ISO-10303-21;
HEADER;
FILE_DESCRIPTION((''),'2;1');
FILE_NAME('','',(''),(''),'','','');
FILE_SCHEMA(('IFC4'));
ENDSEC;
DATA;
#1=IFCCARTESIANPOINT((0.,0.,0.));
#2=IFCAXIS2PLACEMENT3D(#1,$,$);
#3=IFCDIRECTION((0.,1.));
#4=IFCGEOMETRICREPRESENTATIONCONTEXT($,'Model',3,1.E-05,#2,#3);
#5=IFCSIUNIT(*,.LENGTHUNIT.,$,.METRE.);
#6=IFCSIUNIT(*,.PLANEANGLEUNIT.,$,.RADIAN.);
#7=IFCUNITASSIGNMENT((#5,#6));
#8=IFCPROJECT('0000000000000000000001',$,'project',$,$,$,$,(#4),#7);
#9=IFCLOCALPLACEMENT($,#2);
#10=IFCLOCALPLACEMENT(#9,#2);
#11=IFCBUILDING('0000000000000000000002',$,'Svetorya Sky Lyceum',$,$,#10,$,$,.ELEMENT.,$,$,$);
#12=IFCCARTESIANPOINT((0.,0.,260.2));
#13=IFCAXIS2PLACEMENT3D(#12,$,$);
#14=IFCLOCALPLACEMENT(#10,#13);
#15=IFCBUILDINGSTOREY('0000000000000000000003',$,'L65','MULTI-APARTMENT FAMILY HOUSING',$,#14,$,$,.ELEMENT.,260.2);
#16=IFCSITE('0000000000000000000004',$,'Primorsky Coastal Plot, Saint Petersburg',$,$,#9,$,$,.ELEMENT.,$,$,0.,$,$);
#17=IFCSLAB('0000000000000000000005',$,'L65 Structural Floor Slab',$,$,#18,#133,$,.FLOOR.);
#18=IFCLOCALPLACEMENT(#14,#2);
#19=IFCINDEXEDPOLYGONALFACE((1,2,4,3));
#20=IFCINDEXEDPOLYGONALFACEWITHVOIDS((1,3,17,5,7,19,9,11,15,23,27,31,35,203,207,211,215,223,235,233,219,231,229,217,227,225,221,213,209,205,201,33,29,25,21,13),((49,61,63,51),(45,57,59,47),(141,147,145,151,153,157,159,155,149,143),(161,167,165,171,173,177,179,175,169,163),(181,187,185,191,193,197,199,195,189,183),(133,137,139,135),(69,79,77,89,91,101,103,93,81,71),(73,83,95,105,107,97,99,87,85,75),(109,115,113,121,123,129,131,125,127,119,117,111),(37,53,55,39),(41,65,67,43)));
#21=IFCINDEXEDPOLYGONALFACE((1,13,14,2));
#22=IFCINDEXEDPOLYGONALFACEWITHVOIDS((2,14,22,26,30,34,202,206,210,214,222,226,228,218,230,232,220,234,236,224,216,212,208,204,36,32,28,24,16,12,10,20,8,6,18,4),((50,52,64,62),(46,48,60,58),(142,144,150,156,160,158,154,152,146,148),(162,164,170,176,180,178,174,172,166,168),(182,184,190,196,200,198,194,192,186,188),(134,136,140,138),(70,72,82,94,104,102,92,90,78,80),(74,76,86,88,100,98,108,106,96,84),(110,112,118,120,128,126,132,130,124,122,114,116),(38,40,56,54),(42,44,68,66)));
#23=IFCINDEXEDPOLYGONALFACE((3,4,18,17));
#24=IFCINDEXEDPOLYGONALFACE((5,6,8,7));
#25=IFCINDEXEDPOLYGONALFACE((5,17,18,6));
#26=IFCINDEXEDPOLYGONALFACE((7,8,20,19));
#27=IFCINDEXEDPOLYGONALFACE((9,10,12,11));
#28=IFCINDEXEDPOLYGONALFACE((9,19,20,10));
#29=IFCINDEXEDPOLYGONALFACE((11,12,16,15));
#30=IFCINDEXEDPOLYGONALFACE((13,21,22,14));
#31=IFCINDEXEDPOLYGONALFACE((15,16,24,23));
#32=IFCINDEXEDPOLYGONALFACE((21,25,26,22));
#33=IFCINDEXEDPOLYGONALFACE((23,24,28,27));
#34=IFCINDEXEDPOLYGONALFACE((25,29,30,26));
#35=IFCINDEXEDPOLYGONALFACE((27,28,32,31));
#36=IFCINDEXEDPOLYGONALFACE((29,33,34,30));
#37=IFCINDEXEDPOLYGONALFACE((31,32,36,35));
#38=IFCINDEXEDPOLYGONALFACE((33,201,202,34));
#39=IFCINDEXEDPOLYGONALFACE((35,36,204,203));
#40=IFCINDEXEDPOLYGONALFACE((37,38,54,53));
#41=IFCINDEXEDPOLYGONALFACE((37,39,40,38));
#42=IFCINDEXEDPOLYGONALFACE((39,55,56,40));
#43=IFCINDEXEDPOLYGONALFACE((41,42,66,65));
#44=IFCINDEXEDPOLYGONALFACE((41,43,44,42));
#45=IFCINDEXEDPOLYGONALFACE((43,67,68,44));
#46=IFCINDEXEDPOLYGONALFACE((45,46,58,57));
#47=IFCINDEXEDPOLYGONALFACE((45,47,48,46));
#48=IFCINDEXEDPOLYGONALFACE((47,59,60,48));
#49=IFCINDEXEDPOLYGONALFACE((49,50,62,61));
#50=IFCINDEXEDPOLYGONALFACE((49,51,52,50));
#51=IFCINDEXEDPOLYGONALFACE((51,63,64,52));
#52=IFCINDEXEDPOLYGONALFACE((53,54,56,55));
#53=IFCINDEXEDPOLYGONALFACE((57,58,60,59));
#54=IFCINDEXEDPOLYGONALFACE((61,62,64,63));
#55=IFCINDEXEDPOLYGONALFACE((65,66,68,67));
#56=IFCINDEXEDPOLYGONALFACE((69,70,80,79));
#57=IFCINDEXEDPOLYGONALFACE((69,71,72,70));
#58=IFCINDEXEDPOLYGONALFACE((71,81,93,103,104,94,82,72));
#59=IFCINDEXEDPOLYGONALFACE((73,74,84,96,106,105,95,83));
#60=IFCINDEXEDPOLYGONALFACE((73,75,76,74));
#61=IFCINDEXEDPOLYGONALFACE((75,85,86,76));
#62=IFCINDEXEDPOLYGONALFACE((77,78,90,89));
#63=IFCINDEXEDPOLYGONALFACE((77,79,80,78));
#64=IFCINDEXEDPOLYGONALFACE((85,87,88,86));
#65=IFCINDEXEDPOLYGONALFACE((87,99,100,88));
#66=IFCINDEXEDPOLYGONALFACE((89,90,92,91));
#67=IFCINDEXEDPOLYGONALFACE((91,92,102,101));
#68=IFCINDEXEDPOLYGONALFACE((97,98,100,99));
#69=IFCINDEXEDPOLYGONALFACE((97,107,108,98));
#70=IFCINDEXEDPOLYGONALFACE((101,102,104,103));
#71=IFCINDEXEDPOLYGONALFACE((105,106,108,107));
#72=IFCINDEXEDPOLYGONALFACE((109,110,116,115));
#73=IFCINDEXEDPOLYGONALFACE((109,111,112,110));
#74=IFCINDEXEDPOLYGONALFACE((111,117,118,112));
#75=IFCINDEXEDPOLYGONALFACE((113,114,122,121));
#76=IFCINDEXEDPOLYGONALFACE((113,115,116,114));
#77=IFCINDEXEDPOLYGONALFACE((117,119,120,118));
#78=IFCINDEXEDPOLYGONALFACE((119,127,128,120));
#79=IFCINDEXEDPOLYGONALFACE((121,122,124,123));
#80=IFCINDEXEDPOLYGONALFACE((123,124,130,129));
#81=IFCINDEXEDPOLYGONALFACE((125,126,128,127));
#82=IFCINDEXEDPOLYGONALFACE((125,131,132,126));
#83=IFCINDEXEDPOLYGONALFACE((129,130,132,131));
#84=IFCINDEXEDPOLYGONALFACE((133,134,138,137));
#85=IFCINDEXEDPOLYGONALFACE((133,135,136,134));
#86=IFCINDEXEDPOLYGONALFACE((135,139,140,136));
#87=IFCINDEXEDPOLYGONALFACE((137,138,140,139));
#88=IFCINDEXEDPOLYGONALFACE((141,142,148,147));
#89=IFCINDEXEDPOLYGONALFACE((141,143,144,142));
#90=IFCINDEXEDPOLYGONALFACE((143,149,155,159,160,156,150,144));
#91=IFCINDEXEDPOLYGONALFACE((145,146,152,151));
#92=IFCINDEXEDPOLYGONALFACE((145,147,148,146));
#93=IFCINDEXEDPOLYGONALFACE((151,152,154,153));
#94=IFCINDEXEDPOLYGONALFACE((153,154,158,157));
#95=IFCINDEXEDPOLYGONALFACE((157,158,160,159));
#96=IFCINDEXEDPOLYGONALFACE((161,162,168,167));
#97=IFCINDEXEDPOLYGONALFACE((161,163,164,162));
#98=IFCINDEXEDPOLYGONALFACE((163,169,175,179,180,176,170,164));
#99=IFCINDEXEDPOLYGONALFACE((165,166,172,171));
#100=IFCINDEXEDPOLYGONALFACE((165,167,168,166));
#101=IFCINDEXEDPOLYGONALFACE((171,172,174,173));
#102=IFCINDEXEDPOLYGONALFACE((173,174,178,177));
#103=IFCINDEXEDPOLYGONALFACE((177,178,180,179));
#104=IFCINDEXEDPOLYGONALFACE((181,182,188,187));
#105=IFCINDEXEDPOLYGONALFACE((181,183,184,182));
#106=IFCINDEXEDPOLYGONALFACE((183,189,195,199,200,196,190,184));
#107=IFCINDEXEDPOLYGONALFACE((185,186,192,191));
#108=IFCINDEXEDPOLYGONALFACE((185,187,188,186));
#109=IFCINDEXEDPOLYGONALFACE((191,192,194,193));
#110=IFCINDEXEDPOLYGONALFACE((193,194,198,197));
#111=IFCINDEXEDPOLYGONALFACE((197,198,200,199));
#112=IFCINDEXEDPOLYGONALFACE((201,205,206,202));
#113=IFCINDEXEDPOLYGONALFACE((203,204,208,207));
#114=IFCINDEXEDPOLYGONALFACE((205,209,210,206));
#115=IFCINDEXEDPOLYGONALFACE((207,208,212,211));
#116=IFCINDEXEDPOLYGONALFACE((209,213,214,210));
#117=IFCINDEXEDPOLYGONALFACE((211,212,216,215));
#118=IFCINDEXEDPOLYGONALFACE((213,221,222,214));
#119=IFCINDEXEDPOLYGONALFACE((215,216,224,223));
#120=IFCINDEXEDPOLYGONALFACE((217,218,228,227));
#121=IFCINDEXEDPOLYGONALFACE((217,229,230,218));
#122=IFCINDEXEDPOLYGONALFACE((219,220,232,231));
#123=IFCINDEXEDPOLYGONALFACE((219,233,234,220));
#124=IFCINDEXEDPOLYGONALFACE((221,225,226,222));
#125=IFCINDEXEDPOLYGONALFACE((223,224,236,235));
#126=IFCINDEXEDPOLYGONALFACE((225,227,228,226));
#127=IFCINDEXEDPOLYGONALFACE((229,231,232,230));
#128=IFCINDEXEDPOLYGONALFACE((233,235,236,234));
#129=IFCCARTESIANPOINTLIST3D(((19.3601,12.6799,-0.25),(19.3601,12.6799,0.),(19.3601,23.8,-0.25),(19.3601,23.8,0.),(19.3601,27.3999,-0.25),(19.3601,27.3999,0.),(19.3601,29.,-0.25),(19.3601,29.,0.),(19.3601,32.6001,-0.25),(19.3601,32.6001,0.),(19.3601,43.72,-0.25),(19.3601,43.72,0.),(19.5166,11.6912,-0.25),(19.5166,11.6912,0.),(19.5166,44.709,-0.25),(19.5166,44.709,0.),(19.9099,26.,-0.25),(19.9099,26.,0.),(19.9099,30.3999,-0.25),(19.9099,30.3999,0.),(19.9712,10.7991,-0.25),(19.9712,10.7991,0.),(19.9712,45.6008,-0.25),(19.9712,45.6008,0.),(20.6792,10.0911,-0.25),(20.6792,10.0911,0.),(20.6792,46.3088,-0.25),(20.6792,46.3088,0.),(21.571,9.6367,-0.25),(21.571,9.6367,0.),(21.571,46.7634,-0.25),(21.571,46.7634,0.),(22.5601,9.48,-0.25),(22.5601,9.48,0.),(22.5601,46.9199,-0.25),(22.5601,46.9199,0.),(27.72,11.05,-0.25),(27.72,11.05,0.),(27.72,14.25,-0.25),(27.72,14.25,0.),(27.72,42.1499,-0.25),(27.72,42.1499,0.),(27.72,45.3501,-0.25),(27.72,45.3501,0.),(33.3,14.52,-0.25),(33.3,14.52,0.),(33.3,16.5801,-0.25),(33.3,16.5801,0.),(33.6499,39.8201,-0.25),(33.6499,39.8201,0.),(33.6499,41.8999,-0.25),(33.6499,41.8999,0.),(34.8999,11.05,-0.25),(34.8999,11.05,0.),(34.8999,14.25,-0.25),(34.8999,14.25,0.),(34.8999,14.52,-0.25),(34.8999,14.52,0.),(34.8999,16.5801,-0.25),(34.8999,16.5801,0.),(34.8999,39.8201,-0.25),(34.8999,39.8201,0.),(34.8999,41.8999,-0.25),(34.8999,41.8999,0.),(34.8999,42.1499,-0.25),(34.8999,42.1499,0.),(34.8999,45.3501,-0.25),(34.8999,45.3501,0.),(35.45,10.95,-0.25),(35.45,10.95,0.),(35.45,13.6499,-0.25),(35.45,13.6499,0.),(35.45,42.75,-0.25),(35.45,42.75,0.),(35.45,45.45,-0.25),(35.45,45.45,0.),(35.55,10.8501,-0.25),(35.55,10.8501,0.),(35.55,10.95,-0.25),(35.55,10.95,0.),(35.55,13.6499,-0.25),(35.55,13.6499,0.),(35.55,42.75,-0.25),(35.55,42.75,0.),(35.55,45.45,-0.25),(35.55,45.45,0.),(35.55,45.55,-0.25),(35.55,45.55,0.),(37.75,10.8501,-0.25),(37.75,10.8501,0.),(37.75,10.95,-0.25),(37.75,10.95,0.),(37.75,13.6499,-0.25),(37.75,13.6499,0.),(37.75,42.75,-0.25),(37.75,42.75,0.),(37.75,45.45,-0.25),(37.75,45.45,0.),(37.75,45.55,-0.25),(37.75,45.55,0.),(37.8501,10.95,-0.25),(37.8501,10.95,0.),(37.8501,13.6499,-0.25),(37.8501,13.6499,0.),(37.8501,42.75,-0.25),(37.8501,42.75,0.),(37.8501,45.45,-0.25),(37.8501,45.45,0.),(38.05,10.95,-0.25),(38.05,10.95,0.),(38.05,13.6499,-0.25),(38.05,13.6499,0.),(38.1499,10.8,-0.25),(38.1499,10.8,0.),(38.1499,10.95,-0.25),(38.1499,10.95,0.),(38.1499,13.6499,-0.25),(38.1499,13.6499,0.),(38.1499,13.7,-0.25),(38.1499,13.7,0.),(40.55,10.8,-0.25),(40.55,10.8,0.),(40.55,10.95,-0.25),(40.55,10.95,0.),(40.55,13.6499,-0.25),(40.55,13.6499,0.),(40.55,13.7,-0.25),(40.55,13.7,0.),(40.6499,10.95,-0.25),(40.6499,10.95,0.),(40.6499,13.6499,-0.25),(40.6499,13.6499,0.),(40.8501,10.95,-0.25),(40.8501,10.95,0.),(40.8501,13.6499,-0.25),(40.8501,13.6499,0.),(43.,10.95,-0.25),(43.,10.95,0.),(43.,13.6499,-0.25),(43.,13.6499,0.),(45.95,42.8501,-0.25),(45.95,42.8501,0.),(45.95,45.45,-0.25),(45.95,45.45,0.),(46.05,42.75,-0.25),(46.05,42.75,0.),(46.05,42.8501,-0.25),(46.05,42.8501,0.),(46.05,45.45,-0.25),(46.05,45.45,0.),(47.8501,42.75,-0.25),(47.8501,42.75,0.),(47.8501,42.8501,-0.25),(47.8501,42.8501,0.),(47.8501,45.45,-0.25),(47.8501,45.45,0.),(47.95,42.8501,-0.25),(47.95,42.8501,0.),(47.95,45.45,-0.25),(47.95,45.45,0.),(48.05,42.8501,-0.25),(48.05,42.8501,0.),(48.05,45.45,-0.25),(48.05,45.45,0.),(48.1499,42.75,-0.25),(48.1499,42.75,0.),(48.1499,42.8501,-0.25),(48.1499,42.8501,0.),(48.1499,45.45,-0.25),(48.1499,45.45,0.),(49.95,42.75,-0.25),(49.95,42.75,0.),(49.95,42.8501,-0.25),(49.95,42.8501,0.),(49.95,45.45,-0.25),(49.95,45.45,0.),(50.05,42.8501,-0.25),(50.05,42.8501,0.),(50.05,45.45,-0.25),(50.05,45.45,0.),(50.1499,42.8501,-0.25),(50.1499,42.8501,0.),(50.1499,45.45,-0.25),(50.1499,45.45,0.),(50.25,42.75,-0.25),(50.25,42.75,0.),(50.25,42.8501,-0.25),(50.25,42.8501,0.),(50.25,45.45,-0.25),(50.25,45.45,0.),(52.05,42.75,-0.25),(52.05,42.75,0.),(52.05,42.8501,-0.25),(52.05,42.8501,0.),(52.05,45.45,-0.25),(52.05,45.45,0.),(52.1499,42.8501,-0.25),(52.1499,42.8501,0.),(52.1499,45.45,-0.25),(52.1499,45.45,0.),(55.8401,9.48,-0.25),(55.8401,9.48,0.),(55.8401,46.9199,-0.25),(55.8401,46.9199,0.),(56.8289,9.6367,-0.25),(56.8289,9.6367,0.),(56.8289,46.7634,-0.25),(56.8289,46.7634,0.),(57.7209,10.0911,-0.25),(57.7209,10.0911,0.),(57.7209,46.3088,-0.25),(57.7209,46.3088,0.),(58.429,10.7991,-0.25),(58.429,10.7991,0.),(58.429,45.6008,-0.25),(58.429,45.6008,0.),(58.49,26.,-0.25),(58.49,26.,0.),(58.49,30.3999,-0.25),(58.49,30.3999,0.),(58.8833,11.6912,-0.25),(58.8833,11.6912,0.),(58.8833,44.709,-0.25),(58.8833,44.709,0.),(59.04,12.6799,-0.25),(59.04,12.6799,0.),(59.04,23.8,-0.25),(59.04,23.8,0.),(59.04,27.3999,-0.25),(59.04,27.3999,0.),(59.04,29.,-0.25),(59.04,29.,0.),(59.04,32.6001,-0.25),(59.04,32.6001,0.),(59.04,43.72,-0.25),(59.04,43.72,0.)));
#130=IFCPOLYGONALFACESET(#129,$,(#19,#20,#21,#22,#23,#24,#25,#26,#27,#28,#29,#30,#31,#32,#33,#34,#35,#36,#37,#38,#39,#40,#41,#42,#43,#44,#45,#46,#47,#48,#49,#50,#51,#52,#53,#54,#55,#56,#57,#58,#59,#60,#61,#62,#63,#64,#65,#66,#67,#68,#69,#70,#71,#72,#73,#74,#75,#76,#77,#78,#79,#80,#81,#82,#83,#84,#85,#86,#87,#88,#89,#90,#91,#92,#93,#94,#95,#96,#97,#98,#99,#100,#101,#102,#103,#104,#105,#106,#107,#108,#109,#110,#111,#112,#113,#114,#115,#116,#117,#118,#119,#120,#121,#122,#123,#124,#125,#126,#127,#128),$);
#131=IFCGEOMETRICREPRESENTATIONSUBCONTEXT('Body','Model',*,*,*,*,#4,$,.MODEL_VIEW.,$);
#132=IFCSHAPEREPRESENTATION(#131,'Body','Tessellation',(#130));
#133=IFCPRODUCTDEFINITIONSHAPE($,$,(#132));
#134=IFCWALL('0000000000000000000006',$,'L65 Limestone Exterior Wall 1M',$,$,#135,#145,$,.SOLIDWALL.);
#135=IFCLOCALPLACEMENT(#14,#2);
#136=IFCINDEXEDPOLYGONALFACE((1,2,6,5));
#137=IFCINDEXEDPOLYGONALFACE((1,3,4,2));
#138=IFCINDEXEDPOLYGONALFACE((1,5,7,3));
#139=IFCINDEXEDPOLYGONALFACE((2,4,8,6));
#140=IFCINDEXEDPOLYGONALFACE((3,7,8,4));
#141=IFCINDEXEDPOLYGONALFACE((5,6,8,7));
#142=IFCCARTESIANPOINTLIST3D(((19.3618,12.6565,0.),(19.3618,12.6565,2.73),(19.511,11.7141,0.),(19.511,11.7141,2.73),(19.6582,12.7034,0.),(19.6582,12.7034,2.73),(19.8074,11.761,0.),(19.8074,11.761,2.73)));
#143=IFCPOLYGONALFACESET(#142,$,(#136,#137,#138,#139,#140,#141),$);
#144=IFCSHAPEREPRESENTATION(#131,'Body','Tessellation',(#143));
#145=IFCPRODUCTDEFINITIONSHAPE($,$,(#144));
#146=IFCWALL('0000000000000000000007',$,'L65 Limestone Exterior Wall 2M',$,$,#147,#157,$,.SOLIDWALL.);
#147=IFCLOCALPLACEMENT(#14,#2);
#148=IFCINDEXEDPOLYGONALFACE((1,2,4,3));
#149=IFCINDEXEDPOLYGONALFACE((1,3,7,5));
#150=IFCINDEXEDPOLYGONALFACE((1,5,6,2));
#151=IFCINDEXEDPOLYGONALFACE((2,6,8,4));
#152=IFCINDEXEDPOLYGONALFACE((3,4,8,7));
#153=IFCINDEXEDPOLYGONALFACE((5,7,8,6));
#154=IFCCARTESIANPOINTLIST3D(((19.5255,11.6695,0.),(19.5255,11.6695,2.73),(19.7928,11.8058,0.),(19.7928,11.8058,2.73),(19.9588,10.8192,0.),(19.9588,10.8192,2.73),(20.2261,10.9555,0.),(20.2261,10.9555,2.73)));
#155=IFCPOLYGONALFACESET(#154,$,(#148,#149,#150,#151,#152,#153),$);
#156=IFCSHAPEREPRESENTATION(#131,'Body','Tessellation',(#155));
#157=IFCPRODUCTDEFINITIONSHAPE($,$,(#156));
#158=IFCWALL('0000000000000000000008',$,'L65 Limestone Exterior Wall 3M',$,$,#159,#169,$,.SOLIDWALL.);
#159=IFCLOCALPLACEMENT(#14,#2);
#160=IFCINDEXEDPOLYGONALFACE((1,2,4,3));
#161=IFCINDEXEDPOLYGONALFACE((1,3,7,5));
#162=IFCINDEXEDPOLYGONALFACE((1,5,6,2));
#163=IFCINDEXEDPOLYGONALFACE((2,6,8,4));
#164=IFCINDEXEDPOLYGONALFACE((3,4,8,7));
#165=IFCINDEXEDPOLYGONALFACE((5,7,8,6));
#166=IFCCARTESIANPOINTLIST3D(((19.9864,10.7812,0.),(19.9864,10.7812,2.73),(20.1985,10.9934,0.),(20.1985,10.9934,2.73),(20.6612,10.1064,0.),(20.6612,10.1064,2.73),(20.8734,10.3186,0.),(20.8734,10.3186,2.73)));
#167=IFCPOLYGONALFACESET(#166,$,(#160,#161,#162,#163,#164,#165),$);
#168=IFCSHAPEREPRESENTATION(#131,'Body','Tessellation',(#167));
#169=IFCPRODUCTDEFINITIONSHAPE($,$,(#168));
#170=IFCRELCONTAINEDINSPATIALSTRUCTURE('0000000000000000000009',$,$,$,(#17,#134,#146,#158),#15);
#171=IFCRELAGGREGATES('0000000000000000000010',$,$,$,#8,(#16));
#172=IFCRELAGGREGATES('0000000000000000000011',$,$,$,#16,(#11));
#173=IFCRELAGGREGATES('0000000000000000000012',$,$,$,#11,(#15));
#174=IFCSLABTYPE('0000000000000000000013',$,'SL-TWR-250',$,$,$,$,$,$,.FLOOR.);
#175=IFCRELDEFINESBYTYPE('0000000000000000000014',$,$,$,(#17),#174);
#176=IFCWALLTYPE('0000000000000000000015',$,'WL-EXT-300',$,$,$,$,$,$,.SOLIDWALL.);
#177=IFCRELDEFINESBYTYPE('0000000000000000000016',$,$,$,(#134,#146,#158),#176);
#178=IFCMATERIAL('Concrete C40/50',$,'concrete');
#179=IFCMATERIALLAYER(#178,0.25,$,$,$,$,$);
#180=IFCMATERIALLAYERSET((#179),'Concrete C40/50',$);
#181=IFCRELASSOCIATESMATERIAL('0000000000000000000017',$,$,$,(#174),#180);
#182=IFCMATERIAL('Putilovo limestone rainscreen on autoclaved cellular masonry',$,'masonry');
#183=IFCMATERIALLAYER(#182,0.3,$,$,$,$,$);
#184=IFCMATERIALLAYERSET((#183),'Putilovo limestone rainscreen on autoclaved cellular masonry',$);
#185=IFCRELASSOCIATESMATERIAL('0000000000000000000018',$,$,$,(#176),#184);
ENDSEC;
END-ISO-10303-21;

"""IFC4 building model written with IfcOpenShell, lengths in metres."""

from ifc_helpers import new_model, si_unit, direction, frame, frame_2d, origin, place, context, subcontext, project, spatial, polyline, rectangle, outline, extrude, material, layer, layer_set, type_object, element, save


model = new_model("IFC4")

# Units and contexts
model_context = context("Model", 3, precision=1e-05, world=origin(), true_north=direction((0.0, 1.0)))
body_context = subcontext(model_context, "Body", "Model", "MODEL_VIEW")
ifc_project = project(units=[si_unit("LENGTHUNIT", "METRE"), si_unit("PLANEANGLEUNIT", "RADIAN")], contexts=[model_context])

# Site, building, storey
site_placement = place(None, origin())
site = spatial("IfcSite", under=ifc_project, at=site_placement, Name="Primorsky Coastal Plot, Saint Petersburg", CompositionType="ELEMENT", RefElevation=0.0)
building_placement = place(site_placement, origin())
building = spatial("IfcBuilding", under=site, at=building_placement, Name="Svetorya Sky Lyceum", CompositionType="ELEMENT")
storey_placement = place(building_placement, frame((0.0, 0.0, 260.2)))
storey = spatial("IfcBuildingStorey", under=building, at=storey_placement, Name="L65", Description="MULTI-APARTMENT FAMILY HOUSING", CompositionType="ELEMENT", Elevation=260.2)

# Shared definitions
ifc_material_1 = material(Name="Concrete C40/50", Category="concrete")

# Slab
ifc_layer_1 = layer(ifc_material_1, 0.25)
ifc_layer_set_1 = layer_set([ifc_layer_1], Name="Concrete C40/50")
slab_type_1 = type_object("IfcSlabType", Name="SL-TWR-250", PredefinedType="FLOOR", material=ifc_layer_set_1)
slab_1_placement = place(storey_placement, frame((0.0, 0.0, -0.25)))
element("IfcSlab", 1, at=slab_1_placement, inside=storey, type_object=slab_type_1, Name="L65 Structural Floor Slab", PredefinedType="FLOOR", context=body_context, shape_type="SweptSolid", body=[
    extrude(outline(polyline([(19.3601, 12.6799), (19.5166, 11.6912), (19.9712, 10.7991), (20.6792, 10.0911), (21.571, 9.6367), (22.5601, 9.48), (55.8401, 9.48), (56.8289, 9.6367), (57.7209, 10.0911), (58.429, 10.7991), (58.8833, 11.6912), (59.04, 12.6799), (59.04, 23.8), (58.49, 26.0), (59.04, 27.3999), (59.04, 29.0), (58.49, 30.3999), (59.04, 32.6001), (59.04, 43.72), (58.8833, 44.709), (58.429, 45.6008), (57.7209, 46.3088), (56.8289, 46.7634), (55.8401, 46.9199), (22.5601, 46.9199), (21.571, 46.7634), (20.6792, 46.3088), (19.9712, 45.6008), (19.5166, 44.709), (19.3601, 43.72), (19.3601, 32.6001), (19.9099, 30.3999), (19.3601, 29.0), (19.3601, 27.3999), (19.9099, 26.0), (19.3601, 23.8), (19.3601, 12.6799)]), holes=[polyline([(37.8501, 10.95), (37.75, 10.95), (37.75, 10.8501), (35.55, 10.8501), (35.55, 10.95), (35.45, 10.95), (35.45, 13.6499), (35.55, 13.6499), (37.75, 13.6499), (37.8501, 13.6499), (37.8501, 10.95)]), polyline([(38.1499, 10.8), (38.1499, 10.95), (38.05, 10.95), (38.05, 13.6499), (38.1499, 13.6499), (38.1499, 13.7), (40.55, 13.7), (40.55, 13.6499), (40.6499, 13.6499), (40.6499, 10.95), (40.55, 10.95), (40.55, 10.8), (38.1499, 10.8)]), polyline([(27.72, 11.05), (27.72, 14.25), (34.8999, 14.25), (34.8999, 11.05), (27.72, 11.05)]), polyline([(33.3, 14.52), (33.3, 16.5801), (34.8999, 16.5801), (34.8999, 14.52), (33.3, 14.52)]), polyline([(33.6499, 39.8201), (33.6499, 41.8999), (34.8999, 41.8999), (34.8999, 39.8201), (33.6499, 39.8201)]), polyline([(27.72, 42.1499), (27.72, 45.3501), (34.8999, 45.3501), (34.8999, 42.1499), (27.72, 42.1499)]), polyline([(37.75, 42.75), (35.55, 42.75), (35.45, 42.75), (35.45, 45.45), (35.55, 45.45), (35.55, 45.55), (37.75, 45.55), (37.75, 45.45), (37.8501, 45.45), (37.8501, 42.75), (37.75, 42.75)]), polyline([(40.8501, 10.95), (40.8501, 13.6499), (43.0, 13.6499), (43.0, 10.95), (40.8501, 10.95)]), polyline([(46.05, 42.75), (46.05, 42.8501), (45.95, 42.8501), (45.95, 45.45), (46.05, 45.45), (47.8501, 45.45), (47.95, 45.45), (47.95, 42.8501), (47.8501, 42.8501), (47.8501, 42.75), (46.05, 42.75)]), polyline([(50.05, 42.8501), (49.95, 42.8501), (49.95, 42.75), (48.1499, 42.75), (48.1499, 42.8501), (48.05, 42.8501), (48.05, 45.45), (48.1499, 45.45), (49.95, 45.45), (50.05, 45.45), (50.05, 42.8501)]), polyline([(52.1499, 42.8501), (52.05, 42.8501), (52.05, 42.75), (50.25, 42.75), (50.25, 42.8501), (50.1499, 42.8501), (50.1499, 45.45), (50.25, 45.45), (52.05, 45.45), (52.1499, 45.45), (52.1499, 42.8501)])]), origin(), (0.0, 0.0, 1.0), 0.25),
])

# Walls
ifc_material_2 = material(Name="Putilovo limestone rainscreen on autoclaved cellular masonry", Category="masonry")
ifc_layer_2 = layer(ifc_material_2, 0.3)
ifc_layer_set_2 = layer_set([ifc_layer_2], Name="Putilovo limestone rainscreen on autoclaved cellular masonry")
wall_type_1 = type_object("IfcWallType", Name="WL-EXT-300", PredefinedType="SOLIDWALL", material=ifc_layer_set_2)
wall_1_placement = place(storey_placement, frame((19.51, 12.6799, 0.0), z_axis=(0.0, 0.0, 1.0), x_axis=(0.156344, -0.987703, 0.0)))
element("IfcWall", 2, at=wall_1_placement, inside=storey, type_object=wall_type_1, Name="L65 Limestone Exterior Wall 1M", PredefinedType="SOLIDWALL", context=body_context, shape_type="SweptSolid", body=[
    extrude(rectangle(XDim=0.9541, YDim=0.3, at=frame_2d((0.4771, 0.0))), origin(), (0.0, 0.0, 1.0), 2.73),
])
for number, where, z_axis, x_axis, name in (
    (3, (19.6592, 11.7375, 0.0), (0.0, 0.0, 1.0), (0.454056, -0.890973, 0.0), "L65 Limestone Exterior Wall 2M"),
    (4, (20.0925, 10.8872, 0.0), (0.0, 0.0, 1.0), (0.707107, -0.707107, 0.0), "L65 Limestone Exterior Wall 3M"),
):
    element("IfcWall", number, at=place(storey_placement, frame(where, z_axis=z_axis, x_axis=x_axis)), inside=storey, type_object=wall_type_1, Name=name, PredefinedType="SOLIDWALL", context=body_context, shape_type="SweptSolid", body=[
        extrude(rectangle(XDim=0.9543, YDim=0.3, at=frame_2d((0.4771, 0.0))), origin(), (0.0, 0.0, 1.0), 2.73),
    ])

save(model, "model.ifc")
